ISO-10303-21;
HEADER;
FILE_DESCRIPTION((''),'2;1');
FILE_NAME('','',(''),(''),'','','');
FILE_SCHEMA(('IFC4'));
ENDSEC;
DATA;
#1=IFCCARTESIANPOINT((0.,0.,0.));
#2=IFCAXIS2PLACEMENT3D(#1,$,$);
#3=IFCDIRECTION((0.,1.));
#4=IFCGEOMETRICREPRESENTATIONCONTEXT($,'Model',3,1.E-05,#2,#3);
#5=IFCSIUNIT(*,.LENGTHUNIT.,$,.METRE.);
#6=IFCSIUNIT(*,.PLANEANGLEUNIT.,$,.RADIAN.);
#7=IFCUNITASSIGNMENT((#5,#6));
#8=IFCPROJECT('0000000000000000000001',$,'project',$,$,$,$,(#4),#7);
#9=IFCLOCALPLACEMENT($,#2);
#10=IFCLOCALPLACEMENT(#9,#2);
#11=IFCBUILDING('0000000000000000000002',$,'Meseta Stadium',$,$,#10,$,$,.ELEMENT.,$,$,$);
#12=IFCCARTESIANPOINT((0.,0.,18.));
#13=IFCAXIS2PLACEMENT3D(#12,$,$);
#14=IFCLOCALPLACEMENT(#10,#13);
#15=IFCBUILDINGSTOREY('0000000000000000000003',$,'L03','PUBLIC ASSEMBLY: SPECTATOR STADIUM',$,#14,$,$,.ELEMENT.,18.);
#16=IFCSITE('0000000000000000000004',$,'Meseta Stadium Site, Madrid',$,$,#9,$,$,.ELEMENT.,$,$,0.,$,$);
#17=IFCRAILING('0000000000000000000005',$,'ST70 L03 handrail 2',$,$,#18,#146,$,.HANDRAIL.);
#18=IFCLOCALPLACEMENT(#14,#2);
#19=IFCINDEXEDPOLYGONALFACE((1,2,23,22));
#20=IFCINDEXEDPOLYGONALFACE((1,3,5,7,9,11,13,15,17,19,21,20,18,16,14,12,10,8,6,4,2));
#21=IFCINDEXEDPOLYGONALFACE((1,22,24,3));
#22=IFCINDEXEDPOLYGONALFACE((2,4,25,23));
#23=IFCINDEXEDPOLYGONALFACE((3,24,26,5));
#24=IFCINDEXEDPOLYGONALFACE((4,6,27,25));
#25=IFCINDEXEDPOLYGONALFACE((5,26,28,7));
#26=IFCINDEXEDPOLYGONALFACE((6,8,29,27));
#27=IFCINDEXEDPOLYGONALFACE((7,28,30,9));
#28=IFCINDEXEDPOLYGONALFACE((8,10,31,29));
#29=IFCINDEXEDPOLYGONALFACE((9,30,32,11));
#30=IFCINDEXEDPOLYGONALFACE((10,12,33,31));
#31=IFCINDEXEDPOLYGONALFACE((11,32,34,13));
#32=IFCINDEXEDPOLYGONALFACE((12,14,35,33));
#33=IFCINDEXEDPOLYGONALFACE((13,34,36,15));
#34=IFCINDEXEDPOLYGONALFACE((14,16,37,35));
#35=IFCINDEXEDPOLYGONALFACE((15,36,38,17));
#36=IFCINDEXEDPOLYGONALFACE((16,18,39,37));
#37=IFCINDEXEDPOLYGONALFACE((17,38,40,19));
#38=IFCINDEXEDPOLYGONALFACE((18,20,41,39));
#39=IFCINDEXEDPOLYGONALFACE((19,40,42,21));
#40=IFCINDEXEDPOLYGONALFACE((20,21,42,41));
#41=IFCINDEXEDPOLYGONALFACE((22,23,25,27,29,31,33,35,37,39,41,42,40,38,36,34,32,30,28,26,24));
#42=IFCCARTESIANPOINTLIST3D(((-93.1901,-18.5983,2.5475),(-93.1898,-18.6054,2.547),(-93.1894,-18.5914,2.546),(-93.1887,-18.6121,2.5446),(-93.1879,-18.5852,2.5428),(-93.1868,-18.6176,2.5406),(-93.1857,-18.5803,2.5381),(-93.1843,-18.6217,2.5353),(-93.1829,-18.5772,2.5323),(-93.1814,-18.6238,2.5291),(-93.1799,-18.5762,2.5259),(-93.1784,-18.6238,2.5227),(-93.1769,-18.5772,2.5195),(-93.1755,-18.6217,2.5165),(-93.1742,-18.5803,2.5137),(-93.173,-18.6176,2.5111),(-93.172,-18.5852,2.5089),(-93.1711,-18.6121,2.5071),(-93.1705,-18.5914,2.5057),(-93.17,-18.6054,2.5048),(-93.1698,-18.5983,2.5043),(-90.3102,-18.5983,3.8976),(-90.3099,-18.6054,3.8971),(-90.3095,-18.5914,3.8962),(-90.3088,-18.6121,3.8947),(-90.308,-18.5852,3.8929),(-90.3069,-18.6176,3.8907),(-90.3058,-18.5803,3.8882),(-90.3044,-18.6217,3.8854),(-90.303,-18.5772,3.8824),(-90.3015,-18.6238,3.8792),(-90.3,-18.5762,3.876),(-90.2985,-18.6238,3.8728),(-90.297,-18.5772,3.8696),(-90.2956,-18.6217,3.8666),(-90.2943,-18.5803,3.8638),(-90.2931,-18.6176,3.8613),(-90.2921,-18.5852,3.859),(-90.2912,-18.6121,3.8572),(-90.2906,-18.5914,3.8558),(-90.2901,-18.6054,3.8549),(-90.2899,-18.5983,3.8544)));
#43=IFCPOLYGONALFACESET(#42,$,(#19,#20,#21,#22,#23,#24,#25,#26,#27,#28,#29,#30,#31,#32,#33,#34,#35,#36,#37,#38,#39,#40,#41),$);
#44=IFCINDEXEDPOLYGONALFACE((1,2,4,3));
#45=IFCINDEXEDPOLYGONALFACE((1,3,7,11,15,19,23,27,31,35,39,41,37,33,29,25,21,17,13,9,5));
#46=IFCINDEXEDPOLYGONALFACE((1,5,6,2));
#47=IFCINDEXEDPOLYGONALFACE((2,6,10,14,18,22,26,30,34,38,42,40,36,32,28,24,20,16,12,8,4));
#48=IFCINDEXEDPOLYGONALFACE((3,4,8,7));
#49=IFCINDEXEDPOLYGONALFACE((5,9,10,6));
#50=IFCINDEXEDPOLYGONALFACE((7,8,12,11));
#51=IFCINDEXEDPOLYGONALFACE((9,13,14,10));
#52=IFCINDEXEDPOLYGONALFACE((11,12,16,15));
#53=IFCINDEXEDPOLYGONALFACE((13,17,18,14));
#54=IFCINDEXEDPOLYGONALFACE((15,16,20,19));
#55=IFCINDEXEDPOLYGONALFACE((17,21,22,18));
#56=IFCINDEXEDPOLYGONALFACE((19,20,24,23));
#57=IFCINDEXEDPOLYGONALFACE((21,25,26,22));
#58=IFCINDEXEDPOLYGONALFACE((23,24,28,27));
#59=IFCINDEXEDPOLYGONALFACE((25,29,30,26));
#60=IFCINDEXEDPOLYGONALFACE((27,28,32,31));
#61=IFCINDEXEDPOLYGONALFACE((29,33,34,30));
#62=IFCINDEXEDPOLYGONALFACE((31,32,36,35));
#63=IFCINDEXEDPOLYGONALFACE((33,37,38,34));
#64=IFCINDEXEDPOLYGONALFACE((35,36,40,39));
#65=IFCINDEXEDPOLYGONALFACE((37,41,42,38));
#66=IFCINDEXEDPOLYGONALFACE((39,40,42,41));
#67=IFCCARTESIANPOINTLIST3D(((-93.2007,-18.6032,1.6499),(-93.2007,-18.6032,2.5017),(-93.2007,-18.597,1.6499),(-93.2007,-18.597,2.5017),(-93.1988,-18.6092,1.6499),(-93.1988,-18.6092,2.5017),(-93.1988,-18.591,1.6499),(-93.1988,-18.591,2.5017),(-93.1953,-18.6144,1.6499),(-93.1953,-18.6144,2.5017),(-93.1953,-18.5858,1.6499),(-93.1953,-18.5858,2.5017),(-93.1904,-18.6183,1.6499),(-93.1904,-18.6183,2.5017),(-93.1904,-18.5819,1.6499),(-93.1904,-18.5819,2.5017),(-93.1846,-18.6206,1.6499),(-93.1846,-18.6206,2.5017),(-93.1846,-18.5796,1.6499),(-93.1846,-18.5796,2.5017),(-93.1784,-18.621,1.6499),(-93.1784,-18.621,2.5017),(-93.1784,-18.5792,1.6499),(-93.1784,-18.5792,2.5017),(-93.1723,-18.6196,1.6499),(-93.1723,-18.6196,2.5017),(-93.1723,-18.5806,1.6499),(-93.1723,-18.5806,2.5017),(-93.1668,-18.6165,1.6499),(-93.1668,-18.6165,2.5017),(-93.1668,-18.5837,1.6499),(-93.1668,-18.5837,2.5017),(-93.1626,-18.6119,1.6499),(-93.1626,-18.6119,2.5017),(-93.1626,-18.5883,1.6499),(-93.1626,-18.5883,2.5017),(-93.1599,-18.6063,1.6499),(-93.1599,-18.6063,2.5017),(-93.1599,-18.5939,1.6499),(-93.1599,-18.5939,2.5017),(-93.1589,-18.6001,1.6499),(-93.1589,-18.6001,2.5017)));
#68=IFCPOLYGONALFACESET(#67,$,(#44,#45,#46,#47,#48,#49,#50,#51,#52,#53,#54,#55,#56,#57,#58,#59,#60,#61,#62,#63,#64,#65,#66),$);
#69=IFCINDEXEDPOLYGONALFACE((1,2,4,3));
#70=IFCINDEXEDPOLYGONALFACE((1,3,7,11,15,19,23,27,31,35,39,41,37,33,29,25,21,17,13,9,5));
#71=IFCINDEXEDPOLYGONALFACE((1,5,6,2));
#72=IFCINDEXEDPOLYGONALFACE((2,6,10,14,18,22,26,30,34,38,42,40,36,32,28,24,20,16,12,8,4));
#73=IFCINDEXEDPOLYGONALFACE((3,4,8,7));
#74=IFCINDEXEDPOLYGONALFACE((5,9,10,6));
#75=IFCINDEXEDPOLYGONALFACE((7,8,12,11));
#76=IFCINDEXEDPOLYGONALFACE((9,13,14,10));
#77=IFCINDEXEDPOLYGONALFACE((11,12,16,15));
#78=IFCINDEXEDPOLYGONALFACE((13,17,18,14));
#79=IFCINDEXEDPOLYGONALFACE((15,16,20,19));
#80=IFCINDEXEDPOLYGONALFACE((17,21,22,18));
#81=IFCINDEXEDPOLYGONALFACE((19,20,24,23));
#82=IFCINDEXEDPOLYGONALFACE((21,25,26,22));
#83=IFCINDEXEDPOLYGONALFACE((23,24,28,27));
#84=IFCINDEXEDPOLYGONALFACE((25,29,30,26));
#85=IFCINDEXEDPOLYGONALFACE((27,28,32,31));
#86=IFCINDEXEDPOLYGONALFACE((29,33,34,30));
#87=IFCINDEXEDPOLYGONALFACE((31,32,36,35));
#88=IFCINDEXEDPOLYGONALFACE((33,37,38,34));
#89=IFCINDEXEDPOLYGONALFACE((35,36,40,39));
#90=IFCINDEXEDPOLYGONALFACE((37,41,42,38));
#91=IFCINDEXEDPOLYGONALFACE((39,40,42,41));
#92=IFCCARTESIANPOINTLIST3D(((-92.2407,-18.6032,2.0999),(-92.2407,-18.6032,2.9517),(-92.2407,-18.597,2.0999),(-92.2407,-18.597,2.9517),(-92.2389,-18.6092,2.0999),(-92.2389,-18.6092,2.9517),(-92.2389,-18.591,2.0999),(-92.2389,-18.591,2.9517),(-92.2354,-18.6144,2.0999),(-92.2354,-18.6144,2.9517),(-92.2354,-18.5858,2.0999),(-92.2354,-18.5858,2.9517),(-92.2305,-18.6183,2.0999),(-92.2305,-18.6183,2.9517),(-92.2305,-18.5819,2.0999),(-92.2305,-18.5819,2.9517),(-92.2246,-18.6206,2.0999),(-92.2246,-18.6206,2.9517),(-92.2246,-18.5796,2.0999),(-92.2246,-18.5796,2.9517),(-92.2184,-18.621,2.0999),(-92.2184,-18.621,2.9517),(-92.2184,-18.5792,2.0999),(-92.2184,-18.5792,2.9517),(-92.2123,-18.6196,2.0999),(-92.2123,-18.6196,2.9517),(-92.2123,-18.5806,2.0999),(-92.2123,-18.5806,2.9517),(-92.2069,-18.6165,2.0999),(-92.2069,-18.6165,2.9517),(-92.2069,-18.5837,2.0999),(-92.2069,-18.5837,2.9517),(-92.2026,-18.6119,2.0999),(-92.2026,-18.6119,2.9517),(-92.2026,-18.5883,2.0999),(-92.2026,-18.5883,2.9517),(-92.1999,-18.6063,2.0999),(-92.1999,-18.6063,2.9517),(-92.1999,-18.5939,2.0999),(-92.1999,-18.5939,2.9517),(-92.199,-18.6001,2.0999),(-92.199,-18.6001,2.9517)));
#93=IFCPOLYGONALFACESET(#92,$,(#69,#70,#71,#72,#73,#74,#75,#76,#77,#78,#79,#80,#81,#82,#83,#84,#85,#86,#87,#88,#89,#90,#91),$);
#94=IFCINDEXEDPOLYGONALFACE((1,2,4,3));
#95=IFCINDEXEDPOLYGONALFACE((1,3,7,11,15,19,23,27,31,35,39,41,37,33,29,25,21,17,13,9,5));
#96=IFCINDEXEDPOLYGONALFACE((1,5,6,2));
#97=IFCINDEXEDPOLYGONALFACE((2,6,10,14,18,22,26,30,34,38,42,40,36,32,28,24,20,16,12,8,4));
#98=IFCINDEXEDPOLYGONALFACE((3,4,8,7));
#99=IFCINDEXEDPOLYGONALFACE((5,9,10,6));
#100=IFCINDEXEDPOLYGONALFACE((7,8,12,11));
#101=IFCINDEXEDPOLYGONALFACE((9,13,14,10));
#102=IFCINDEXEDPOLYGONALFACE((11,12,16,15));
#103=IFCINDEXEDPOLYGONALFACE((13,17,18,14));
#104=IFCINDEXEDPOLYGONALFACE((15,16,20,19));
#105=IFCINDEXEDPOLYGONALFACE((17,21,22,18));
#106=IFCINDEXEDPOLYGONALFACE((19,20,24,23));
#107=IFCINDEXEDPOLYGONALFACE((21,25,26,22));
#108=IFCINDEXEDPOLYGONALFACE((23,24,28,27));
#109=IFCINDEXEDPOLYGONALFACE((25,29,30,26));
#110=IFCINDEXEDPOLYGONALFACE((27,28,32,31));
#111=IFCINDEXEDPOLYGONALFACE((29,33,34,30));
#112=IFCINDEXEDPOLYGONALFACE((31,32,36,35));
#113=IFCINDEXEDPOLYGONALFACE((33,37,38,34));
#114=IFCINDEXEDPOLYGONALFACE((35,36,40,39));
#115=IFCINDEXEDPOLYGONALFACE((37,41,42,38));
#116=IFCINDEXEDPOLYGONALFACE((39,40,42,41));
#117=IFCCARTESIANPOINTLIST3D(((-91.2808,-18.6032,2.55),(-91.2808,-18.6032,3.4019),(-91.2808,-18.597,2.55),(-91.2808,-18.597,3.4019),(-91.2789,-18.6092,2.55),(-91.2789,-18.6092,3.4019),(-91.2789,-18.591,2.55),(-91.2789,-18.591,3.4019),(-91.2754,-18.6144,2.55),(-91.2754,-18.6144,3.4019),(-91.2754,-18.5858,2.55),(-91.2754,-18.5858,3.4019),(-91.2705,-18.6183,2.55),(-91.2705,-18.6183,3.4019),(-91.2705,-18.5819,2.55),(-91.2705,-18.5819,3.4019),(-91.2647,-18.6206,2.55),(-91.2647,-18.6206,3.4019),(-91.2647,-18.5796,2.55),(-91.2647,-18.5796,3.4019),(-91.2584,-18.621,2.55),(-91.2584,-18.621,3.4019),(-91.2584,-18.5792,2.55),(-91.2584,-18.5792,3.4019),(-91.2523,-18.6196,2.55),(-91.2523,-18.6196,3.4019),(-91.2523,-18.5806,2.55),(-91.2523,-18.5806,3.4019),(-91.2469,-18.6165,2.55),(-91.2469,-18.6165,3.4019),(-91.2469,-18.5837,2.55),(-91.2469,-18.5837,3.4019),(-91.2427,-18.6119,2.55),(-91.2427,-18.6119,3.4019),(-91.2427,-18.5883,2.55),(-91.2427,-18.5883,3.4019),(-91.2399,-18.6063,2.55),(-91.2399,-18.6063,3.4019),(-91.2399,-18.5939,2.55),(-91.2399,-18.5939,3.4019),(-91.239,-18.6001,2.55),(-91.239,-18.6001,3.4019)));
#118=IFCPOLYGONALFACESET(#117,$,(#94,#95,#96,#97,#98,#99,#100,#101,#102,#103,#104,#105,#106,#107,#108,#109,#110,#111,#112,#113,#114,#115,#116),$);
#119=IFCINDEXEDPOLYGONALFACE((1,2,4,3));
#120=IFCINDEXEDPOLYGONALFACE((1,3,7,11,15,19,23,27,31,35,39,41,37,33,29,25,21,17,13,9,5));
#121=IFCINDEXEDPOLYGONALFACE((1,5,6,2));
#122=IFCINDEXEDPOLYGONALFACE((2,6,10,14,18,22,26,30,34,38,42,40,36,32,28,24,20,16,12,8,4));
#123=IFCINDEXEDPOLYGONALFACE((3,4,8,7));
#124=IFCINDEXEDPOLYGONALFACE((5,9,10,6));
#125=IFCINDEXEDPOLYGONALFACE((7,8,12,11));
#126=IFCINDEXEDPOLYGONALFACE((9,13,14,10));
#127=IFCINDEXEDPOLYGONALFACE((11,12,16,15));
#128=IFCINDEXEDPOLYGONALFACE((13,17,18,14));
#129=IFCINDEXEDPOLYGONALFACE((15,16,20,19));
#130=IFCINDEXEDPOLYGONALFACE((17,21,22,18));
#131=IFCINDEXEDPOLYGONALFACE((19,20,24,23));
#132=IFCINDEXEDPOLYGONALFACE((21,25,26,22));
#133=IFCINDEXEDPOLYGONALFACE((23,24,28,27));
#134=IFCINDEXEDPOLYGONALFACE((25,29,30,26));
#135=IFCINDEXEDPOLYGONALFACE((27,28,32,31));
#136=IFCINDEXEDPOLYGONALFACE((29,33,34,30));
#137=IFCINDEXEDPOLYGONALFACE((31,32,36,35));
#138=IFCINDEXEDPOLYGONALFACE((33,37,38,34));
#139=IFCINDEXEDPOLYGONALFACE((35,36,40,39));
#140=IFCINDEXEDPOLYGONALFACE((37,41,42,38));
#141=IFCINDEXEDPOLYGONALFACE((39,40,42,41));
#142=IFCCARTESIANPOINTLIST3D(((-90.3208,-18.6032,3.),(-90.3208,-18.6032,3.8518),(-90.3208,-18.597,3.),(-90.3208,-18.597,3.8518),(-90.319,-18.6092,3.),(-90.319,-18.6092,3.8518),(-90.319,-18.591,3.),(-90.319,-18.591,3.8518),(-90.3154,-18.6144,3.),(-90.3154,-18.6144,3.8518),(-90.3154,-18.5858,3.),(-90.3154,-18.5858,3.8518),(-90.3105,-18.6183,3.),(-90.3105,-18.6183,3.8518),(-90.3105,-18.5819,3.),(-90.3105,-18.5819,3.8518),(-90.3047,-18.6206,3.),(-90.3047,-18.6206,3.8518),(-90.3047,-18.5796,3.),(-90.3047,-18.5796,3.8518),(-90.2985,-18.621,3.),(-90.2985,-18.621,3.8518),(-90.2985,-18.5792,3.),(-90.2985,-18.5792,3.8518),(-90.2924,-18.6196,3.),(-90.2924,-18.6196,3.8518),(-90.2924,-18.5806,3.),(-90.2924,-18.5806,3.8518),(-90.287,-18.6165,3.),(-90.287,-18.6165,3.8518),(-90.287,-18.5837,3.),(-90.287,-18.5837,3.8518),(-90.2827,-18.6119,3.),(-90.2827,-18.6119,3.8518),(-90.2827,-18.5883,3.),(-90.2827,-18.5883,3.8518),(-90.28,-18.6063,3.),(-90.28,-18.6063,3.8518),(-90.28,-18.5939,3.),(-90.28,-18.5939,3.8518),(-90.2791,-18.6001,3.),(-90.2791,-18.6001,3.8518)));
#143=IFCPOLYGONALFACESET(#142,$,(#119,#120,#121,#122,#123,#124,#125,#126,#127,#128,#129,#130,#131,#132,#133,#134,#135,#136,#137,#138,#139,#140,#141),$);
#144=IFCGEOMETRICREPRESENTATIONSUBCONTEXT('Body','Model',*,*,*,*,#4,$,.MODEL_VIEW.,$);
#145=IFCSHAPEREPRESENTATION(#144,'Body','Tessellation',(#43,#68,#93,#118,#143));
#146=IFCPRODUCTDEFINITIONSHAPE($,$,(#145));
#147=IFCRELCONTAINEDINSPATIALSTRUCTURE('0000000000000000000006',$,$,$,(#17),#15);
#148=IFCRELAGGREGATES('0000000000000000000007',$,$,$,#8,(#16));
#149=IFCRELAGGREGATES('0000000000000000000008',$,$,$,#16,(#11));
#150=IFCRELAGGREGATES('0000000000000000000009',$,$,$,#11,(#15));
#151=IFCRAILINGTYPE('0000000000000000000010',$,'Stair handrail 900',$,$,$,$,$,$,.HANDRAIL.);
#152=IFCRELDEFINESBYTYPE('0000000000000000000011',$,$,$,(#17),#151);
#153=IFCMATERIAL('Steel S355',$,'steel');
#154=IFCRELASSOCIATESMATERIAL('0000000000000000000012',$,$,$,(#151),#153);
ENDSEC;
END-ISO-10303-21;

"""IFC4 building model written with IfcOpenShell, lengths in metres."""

from ifc_helpers import new_model, si_unit, direction, frame, origin, origin_2d, place, context, subcontext, project, spatial, circle, extrude, material, type_object, element, save


model = new_model("IFC4")

# Units and contexts
model_context = context("Model", 3, precision=1e-05, world=origin(), true_north=direction((0.0, 1.0)))
body_context = subcontext(model_context, "Body", "Model", "MODEL_VIEW")
ifc_project = project(units=[si_unit("LENGTHUNIT", "METRE"), si_unit("PLANEANGLEUNIT", "RADIAN")], contexts=[model_context])

# Site, building, storey
site_placement = place(None, origin())
site = spatial("IfcSite", under=ifc_project, at=site_placement, Name="Meseta Stadium Site, Madrid", CompositionType="ELEMENT", RefElevation=0.0)
building_placement = place(site_placement, origin())
building = spatial("IfcBuilding", under=site, at=building_placement, Name="Meseta Stadium", CompositionType="ELEMENT")
storey_placement = place(building_placement, frame((0.0, 0.0, 18.0)))
storey = spatial("IfcBuildingStorey", under=building, at=storey_placement, Name="L03", Description="PUBLIC ASSEMBLY: SPECTATOR STADIUM", CompositionType="ELEMENT", Elevation=18.0)

# Railing
ifc_material_1 = material(Name="Steel S355", Category="steel")
railing_type_1 = type_object("IfcRailingType", Name="Stair handrail 900", PredefinedType="HANDRAIL", material=ifc_material_1)
for number, where, name in (
    (1, (-93.1799, -18.6001, 1.6499), "ST70 L03 handrail 2"),
):
    element("IfcRailing", number, at=place(storey_placement, frame(where)), inside=storey, type_object=railing_type_1, Name=name, PredefinedType="HANDRAIL", context=body_context, shape_type="SweptSolid", body=[
        extrude(circle(Radius=0.0239, at=origin_2d()), frame((0.0, 0.0, 0.876), z_axis=(0.90544, 0.0, 0.424473), x_axis=(0.0, 1.0, 0.0)), (0.0, 0.0, 1.0), 3.1807),
        extrude(circle(Radius=0.021, at=origin_2d()), origin(), (0.0, 0.0, 1.0), 0.8518),
        extrude(circle(Radius=0.021, at=origin_2d()), frame((0.96, 0.0, 0.45)), (0.0, 0.0, 1.0), 0.8518),
        extrude(circle(Radius=0.021, at=origin_2d()), frame((1.9199, 0.0, 0.9001)), (0.0, 0.0, 1.0), 0.8518),
        extrude(circle(Radius=0.021, at=origin_2d()), frame((2.8799, 0.0, 1.3501)), (0.0, 0.0, 1.0), 0.8518),
    ])

save(model, "model.ifc")
